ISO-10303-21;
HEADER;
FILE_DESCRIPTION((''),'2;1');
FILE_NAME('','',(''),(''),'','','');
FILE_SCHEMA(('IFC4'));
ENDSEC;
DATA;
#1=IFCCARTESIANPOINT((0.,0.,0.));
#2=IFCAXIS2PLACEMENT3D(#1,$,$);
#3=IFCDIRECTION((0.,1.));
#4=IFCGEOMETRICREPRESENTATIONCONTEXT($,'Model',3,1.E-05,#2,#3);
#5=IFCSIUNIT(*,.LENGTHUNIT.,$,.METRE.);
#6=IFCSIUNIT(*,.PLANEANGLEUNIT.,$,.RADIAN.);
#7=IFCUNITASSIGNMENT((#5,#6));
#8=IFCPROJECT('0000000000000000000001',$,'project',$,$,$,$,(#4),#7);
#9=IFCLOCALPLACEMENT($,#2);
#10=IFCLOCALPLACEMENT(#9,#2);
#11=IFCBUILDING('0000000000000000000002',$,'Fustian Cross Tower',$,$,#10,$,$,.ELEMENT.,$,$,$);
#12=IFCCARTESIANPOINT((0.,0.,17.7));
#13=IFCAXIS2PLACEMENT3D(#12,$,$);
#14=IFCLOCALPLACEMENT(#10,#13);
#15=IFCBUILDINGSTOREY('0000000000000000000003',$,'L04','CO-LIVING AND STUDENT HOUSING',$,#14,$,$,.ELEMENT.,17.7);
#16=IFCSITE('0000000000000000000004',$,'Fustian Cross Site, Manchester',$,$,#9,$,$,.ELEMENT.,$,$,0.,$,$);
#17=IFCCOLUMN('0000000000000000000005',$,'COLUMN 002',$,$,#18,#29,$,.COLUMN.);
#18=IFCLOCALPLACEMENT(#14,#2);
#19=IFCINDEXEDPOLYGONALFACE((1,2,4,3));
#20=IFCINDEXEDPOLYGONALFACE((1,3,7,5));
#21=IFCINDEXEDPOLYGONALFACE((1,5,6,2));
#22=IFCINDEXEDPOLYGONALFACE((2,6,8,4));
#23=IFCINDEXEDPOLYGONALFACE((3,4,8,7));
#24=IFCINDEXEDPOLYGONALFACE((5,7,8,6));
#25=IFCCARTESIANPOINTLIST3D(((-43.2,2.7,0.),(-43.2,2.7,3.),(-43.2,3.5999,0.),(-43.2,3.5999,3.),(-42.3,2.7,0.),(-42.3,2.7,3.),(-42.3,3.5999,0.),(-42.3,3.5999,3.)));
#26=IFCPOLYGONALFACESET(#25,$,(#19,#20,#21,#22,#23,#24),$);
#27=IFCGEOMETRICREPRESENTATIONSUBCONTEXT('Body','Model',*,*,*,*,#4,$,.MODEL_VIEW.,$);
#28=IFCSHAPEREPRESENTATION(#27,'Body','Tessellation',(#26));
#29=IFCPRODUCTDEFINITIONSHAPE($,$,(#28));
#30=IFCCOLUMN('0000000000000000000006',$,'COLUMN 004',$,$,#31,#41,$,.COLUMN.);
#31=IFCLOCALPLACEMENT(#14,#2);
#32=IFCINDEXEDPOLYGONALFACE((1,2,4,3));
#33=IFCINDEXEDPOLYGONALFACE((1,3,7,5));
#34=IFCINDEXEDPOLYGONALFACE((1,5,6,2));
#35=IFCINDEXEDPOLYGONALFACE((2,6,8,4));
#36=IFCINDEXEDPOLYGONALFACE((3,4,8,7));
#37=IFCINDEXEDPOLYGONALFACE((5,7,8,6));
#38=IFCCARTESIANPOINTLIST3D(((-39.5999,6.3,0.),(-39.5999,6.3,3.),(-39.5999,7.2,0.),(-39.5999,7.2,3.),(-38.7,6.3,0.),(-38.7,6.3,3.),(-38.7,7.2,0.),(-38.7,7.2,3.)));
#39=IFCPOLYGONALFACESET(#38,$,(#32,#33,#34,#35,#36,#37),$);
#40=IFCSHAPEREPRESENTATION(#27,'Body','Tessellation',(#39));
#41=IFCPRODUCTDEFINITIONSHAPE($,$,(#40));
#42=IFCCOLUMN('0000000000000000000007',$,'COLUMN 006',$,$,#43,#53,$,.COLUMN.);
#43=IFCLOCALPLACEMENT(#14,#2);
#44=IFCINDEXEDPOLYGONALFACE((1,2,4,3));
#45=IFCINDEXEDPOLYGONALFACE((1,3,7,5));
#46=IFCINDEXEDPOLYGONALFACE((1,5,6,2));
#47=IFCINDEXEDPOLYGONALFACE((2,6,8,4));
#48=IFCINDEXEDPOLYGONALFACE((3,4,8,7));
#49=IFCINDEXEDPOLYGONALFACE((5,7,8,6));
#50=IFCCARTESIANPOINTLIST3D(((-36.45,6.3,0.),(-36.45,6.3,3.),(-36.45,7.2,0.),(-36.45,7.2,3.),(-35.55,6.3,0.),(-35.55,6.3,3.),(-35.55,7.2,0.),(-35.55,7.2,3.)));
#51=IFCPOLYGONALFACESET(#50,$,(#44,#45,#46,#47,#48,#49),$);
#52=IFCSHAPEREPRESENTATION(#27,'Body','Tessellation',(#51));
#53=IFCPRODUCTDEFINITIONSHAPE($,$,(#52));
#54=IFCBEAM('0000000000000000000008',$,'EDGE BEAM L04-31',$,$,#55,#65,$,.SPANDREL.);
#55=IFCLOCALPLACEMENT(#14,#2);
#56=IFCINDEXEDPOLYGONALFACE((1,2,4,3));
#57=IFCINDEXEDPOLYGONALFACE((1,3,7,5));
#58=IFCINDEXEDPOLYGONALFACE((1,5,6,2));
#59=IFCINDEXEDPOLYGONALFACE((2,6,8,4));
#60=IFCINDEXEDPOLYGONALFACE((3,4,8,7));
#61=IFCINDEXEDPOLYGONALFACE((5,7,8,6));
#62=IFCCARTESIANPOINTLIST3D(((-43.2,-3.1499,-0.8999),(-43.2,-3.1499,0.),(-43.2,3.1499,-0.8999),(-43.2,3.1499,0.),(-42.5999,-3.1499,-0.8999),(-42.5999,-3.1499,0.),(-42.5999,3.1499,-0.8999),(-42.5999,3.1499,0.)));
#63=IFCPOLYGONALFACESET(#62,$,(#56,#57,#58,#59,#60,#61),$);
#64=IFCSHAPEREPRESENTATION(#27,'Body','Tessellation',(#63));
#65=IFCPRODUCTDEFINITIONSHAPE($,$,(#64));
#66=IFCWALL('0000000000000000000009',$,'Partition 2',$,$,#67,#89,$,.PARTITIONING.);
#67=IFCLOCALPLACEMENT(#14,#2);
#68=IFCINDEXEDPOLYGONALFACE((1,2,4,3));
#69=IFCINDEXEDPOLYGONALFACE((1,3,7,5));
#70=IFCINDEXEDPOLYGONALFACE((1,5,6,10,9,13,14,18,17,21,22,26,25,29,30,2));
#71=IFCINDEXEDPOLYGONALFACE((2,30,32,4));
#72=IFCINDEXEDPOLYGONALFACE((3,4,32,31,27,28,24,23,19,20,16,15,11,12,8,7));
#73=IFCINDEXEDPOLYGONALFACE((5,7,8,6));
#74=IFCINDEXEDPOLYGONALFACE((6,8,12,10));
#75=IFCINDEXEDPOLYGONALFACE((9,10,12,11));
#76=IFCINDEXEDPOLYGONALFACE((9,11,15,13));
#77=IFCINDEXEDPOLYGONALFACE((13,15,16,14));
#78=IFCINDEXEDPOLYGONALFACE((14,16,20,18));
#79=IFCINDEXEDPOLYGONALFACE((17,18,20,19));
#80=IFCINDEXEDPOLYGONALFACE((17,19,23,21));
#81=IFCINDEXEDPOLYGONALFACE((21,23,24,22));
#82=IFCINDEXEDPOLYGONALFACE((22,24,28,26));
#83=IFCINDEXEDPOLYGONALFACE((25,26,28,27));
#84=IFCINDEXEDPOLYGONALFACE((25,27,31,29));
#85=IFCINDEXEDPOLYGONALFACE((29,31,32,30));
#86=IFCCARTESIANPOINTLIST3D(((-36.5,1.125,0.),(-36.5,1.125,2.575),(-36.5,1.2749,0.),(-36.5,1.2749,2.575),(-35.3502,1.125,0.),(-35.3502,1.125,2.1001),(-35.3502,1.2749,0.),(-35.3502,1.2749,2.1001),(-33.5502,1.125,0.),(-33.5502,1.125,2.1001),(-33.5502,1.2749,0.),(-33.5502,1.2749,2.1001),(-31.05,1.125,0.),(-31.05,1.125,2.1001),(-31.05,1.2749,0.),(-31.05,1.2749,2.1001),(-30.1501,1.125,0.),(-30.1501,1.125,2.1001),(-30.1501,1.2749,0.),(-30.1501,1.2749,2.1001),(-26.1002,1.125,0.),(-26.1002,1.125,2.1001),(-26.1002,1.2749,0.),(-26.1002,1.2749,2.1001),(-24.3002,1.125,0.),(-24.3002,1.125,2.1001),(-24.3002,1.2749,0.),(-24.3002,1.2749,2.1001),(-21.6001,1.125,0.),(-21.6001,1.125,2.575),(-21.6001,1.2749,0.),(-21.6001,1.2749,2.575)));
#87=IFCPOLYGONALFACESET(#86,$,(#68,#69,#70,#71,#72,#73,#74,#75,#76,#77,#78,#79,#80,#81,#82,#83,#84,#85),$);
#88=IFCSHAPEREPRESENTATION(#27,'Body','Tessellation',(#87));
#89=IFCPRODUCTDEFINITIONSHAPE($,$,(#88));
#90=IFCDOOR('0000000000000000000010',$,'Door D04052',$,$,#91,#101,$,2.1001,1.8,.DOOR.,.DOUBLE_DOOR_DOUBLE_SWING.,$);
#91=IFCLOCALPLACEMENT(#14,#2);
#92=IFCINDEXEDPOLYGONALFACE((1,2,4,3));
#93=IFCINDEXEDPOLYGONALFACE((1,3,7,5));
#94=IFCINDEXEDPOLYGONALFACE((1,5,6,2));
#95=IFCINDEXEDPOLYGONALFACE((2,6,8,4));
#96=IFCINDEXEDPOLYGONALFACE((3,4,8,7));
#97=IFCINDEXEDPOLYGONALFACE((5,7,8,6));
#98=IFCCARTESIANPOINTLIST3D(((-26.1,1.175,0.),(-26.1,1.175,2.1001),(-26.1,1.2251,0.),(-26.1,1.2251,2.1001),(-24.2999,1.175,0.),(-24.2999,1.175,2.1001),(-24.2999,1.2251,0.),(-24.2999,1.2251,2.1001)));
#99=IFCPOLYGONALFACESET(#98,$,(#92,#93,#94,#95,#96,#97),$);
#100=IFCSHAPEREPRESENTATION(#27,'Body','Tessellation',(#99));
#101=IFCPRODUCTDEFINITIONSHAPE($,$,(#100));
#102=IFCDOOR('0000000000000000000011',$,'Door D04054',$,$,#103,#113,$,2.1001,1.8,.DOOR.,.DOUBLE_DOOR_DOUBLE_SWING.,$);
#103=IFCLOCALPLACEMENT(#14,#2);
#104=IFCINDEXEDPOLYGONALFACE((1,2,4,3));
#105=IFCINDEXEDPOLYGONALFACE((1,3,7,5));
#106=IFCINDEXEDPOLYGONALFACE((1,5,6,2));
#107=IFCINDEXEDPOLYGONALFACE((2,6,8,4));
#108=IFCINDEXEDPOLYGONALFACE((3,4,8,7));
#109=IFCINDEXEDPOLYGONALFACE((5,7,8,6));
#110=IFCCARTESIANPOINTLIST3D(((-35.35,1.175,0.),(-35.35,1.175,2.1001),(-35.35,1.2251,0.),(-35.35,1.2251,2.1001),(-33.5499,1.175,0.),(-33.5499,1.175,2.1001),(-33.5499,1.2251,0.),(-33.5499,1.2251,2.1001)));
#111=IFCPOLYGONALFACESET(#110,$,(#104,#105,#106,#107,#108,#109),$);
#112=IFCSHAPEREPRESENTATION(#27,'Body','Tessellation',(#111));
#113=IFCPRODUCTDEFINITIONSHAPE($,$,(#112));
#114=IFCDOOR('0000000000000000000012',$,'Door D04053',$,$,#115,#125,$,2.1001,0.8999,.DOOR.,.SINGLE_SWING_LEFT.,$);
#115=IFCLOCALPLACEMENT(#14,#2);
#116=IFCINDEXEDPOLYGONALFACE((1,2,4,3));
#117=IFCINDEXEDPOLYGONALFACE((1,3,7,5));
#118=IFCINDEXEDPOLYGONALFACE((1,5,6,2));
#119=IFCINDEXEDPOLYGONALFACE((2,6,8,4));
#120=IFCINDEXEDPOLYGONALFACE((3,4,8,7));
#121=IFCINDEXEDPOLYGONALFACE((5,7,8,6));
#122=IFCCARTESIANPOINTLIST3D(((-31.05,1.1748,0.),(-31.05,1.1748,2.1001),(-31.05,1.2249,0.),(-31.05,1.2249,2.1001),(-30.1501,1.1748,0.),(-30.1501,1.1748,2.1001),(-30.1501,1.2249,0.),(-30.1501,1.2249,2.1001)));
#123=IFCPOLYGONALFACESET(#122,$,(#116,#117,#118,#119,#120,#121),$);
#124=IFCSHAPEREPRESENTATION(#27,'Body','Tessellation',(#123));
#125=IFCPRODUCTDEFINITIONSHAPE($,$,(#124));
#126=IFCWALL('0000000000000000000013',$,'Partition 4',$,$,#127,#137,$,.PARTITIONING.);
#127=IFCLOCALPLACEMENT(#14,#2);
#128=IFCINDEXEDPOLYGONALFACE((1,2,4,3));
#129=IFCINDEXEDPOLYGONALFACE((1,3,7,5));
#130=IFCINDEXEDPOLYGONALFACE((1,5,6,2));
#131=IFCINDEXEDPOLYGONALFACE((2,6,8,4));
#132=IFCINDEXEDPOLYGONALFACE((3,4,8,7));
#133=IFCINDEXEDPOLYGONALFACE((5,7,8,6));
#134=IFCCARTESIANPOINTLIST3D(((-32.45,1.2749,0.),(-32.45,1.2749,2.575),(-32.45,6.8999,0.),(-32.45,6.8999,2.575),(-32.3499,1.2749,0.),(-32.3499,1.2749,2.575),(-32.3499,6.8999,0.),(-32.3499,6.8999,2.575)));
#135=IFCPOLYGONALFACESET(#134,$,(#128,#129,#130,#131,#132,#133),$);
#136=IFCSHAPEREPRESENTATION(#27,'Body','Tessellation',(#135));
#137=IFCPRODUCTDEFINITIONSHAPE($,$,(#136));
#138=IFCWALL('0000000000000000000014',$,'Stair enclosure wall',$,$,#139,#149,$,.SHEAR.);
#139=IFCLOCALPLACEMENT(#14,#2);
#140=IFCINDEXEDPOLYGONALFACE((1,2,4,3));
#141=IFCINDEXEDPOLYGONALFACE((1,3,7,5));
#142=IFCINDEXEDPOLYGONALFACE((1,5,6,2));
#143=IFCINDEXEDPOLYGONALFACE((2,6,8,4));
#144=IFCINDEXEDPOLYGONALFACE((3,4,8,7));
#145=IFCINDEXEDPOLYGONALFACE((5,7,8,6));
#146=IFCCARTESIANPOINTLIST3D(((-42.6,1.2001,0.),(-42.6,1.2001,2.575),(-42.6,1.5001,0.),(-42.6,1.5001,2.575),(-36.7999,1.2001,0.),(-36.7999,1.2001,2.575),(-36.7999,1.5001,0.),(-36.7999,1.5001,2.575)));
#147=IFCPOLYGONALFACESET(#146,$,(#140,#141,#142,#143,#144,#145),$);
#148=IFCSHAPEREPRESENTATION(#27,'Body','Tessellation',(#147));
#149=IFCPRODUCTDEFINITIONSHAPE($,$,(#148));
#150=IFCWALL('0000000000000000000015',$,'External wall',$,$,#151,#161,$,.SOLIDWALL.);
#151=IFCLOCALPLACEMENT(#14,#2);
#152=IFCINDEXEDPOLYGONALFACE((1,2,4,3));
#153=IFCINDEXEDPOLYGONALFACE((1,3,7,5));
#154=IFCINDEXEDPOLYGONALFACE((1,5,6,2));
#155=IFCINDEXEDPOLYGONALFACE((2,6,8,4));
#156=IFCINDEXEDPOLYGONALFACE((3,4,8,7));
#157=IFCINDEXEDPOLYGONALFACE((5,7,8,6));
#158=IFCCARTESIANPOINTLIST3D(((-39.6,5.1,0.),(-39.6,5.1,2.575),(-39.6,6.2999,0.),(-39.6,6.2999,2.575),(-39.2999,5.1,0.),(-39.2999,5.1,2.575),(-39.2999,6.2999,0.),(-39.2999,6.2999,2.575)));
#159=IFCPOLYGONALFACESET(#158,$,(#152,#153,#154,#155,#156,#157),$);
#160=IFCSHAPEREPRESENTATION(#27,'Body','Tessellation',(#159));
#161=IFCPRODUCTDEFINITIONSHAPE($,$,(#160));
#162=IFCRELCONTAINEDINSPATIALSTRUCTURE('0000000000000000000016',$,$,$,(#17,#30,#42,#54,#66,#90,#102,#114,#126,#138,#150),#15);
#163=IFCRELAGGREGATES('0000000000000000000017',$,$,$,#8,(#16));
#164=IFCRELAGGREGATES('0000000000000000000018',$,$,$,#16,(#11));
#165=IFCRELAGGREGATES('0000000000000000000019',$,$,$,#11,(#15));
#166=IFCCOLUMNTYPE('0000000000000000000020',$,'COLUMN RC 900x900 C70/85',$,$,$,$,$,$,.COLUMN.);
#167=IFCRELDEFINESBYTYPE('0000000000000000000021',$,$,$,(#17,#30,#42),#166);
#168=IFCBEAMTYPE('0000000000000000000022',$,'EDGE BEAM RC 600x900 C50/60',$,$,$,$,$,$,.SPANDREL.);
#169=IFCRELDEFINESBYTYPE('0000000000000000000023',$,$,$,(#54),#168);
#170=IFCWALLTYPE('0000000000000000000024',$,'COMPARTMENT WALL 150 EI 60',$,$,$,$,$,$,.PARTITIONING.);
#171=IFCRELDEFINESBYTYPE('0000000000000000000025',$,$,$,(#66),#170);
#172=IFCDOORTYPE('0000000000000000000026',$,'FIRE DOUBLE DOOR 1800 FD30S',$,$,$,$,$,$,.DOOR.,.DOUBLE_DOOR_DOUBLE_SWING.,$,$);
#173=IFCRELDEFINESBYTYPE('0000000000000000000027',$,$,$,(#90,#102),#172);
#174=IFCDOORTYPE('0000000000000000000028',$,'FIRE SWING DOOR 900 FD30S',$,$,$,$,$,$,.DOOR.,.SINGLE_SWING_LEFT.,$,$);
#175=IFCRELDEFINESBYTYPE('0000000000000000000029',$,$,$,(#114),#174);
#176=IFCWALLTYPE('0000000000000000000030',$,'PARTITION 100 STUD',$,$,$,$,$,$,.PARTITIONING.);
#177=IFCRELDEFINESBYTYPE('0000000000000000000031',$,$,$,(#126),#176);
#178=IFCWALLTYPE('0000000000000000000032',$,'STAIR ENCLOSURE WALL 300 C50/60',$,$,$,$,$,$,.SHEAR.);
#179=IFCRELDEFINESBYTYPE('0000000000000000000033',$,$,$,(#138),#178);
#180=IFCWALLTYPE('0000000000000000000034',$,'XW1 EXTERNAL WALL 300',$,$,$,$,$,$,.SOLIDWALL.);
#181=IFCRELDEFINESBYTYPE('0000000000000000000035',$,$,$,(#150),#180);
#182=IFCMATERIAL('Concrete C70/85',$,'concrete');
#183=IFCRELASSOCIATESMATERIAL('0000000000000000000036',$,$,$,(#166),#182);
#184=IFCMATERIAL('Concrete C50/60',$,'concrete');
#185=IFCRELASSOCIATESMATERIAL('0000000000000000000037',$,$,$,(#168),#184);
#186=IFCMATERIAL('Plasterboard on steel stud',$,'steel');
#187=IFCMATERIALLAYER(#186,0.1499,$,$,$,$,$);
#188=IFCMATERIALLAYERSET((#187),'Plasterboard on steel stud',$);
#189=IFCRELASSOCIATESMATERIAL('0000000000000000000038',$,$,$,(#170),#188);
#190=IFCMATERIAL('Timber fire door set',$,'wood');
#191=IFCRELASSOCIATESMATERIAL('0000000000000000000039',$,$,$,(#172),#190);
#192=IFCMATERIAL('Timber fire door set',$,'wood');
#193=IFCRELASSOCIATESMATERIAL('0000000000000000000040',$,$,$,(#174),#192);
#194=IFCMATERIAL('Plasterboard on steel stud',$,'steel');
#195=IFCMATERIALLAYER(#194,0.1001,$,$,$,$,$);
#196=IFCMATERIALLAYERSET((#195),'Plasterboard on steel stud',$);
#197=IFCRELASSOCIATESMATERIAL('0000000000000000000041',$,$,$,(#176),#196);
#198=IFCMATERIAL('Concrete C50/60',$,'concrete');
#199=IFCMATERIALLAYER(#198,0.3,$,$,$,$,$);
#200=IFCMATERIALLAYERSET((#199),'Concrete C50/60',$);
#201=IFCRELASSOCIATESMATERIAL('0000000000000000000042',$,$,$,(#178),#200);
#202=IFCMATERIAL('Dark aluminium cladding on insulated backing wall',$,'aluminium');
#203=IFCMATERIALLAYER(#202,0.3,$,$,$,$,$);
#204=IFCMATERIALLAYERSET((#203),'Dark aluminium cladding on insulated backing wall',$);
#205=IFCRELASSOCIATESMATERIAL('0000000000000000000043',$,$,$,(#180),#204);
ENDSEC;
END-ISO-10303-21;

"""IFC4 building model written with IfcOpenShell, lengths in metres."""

from ifc_helpers import new_model, si_unit, direction, frame, frame_2d, origin, origin_2d, place, context, subcontext, project, spatial, rectangle, extrude, material, layer, layer_set, material_profile, profile_set, type_object, element, fill, save


model = new_model("IFC4")

# Units and contexts
model_context = context("Model", 3, precision=1e-05, world=origin(), true_north=direction((0.0, 1.0)))
body_context = subcontext(model_context, "Body", "Model", "MODEL_VIEW")
ifc_project = project(units=[si_unit("LENGTHUNIT", "METRE"), si_unit("PLANEANGLEUNIT", "RADIAN")], contexts=[model_context])

# Site, building, storey
site_placement = place(None, origin())
site = spatial("IfcSite", under=ifc_project, at=site_placement, Name="Fustian Cross Site, Manchester", CompositionType="ELEMENT", RefElevation=0.0)
building_placement = place(site_placement, origin())
building = spatial("IfcBuilding", under=site, at=building_placement, Name="Fustian Cross Tower", CompositionType="ELEMENT")
storey_placement = place(building_placement, frame((0.0, 0.0, 17.7)))
storey = spatial("IfcBuildingStorey", under=building, at=storey_placement, Name="L04", Description="CO-LIVING AND STUDENT HOUSING", CompositionType="ELEMENT", Elevation=17.7)

# Columns
ifc_material_1 = material(Name="Concrete C70/85", Category="concrete")
ifc_material_profile_1 = material_profile(ifc_material_1, rectangle(XDim=0.8999, YDim=0.8999, at=origin_2d()), Name="RC 900x900")
ifc_profile_set_1 = profile_set([ifc_material_profile_1], Name="Concrete C70/85")
column_type = type_object("IfcColumnType", Name="COLUMN RC 900x900 C70/85", PredefinedType="COLUMN", material=ifc_profile_set_1)
for number, where, z_axis, x_axis, name in (
    (1, (-42.75, 3.1499, 0.0), (0.0, 0.0, 1.0), (1.0, 0.0, 0.0), "COLUMN 002"),
    (2, (-39.1499, 6.75, 0.0), (0.0, 0.0, 1.0), (1.0, 0.0, 0.0), "COLUMN 004"),
    (3, (-36.0, 6.75, 0.0), (0.0, 0.0, 1.0), (1.0, 0.0, 0.0), "COLUMN 006"),
):
    element("IfcColumn", number, at=place(storey_placement, frame(where, z_axis=z_axis, x_axis=x_axis)), inside=storey, type_object=column_type, Name=name, PredefinedType="COLUMN", context=body_context, shape_type="SweptSolid", body=[
        extrude(rectangle(XDim=0.8999, YDim=0.8999, at=origin_2d()), origin(), (0.0, 0.0, 1.0), 3.0),
    ])

# Beam
ifc_material_2 = material(Name="Concrete C50/60", Category="concrete")
ifc_material_profile_2 = material_profile(ifc_material_2, rectangle(XDim=0.6001, YDim=0.8999, at=origin_2d()), Name="RC 600x900")
ifc_profile_set_2 = profile_set([ifc_material_profile_2], Name="Concrete C50/60")
beam_type = type_object("IfcBeamType", Name="EDGE BEAM RC 600x900 C50/60", PredefinedType="SPANDREL", material=ifc_profile_set_2)
beam_placement = place(storey_placement, frame((-42.8999, 3.1499, -0.45), z_axis=(0.0, -1.0, 0.0), x_axis=(1.0, 0.0, 0.0)))
element("IfcBeam", 4, at=beam_placement, inside=storey, type_object=beam_type, Name="EDGE BEAM L04-31", PredefinedType="SPANDREL", context=body_context, shape_type="SweptSolid", body=[
    extrude(rectangle(XDim=0.6001, YDim=0.8999, at=origin_2d()), origin(), (0.0, 0.0, 1.0), 6.2998),
])

# Wall, openings, doors
ifc_material_3 = material(Name="Plasterboard on steel stud", Category="steel")
ifc_layer_1 = layer(ifc_material_3, 0.1499)
ifc_layer_set_1 = layer_set([ifc_layer_1], Name="Plasterboard on steel stud")
wall_type_1 = type_object("IfcWallType", Name="COMPARTMENT WALL 150 EI 60", PredefinedType="PARTITIONING", material=ifc_layer_set_1)
wall_1_placement = place(storey_placement, frame((-36.5, 1.2, 0.0), z_axis=(0.0, 0.0, 1.0), x_axis=(1.0, 0.0, 0.0)))
wall_1 = element("IfcWall", 5, at=wall_1_placement, inside=storey, type_object=wall_type_1, Name="Partition 2", PredefinedType="PARTITIONING", context=body_context, shape_type="SweptSolid", body=[
    extrude(rectangle(XDim=14.8999, YDim=0.1499, at=frame_2d((7.45, 0.0))), origin(), (0.0, 0.0, 1.0), 2.575),
])
opening_1_placement = place(wall_1_placement, frame((10.3999, 0.0, 0.0)))
opening_1 = element("IfcOpeningElement", 6, at=opening_1_placement, cuts=wall_1, PredefinedType="OPENING", context=body_context, shape_type="SweptSolid", body=[
    extrude(rectangle(XDim=1.8, YDim=2.1001, at=frame_2d((0.8999, 1.05))), frame((0.0, 0.085, 0.0), z_axis=(0.0, -1.0, 0.0), x_axis=(1.0, 0.0, 0.0)), (0.0, 0.0, 1.0), 0.1699),
])
opening_2_placement = place(wall_1_placement, frame((5.45, 0.0, 0.0)))
opening_2 = element("IfcOpeningElement", 7, at=opening_2_placement, cuts=wall_1, PredefinedType="OPENING", context=body_context, shape_type="SweptSolid", body=[
    extrude(rectangle(XDim=0.8999, YDim=2.1001, at=frame_2d((0.45, 1.05))), frame((0.0, 0.085, 0.0), z_axis=(0.0, -1.0, 0.0), x_axis=(1.0, 0.0, 0.0)), (0.0, 0.0, 1.0), 0.1699),
])
opening_3_placement = place(wall_1_placement, frame((1.1499, 0.0, 0.0)))
opening_3 = element("IfcOpeningElement", 8, at=opening_3_placement, cuts=wall_1, PredefinedType="OPENING", context=body_context, shape_type="SweptSolid", body=[
    extrude(rectangle(XDim=1.8, YDim=2.1001, at=frame_2d((0.8999, 1.05))), frame((0.0, 0.085, 0.0), z_axis=(0.0, -1.0, 0.0), x_axis=(1.0, 0.0, 0.0)), (0.0, 0.0, 1.0), 0.1699),
])
ifc_material_4 = material(Name="Timber fire door set", Category="wood")
door_type_1 = type_object("IfcDoorType", Name="FIRE DOUBLE DOOR 1800 FD30S", OperationType="DOUBLE_DOOR_DOUBLE_SWING", PredefinedType="DOOR", material=ifc_material_4)
door_1_placement = place(opening_1_placement, frame((1.8, 0.0, 0.0), z_axis=(0.0, 0.0, 1.0), x_axis=(-1.0, 0.0, 0.0)))
door_1 = element("IfcDoor", 9, at=door_1_placement, inside=storey, type_object=door_type_1, Name="Door D04052", OperationType="DOUBLE_DOOR_DOUBLE_SWING", OverallHeight=2.1001, OverallWidth=1.8, PredefinedType="DOOR", context=body_context, shape_type="SweptSolid", body=[
    extrude(rectangle(XDim=1.8, YDim=2.1001, at=frame_2d((0.8999, 1.05))), frame((0.0, 0.0249, 0.0), z_axis=(0.0, -1.0, 0.0), x_axis=(1.0, 0.0, 0.0)), (0.0, 0.0, 1.0), 0.05),
])
fill(opening_1, door_1)
door_2_placement = place(opening_3_placement, frame((1.8, 0.0, 0.0), z_axis=(0.0, 0.0, 1.0), x_axis=(-1.0, 0.0, 0.0)))
door_2 = element("IfcDoor", 10, at=door_2_placement, inside=storey, type_object=door_type_1, Name="Door D04054", OperationType="DOUBLE_DOOR_DOUBLE_SWING", OverallHeight=2.1001, OverallWidth=1.8, PredefinedType="DOOR", context=body_context, shape_type="SweptSolid", body=[
    extrude(rectangle(XDim=1.8, YDim=2.1001, at=frame_2d((0.8999, 1.05))), frame((0.0, 0.0249, 0.0), z_axis=(0.0, -1.0, 0.0), x_axis=(1.0, 0.0, 0.0)), (0.0, 0.0, 1.0), 0.05),
])
fill(opening_3, door_2)
ifc_material_5 = material(Name="Timber fire door set", Category="wood")
door_type_2 = type_object("IfcDoorType", Name="FIRE SWING DOOR 900 FD30S", OperationType="SINGLE_SWING_LEFT", PredefinedType="DOOR", material=ifc_material_5)
door_3_placement = place(opening_2_placement, origin())
door_3 = element("IfcDoor", 11, at=door_3_placement, inside=storey, type_object=door_type_2, Name="Door D04053", OperationType="SINGLE_SWING_LEFT", OverallHeight=2.1001, OverallWidth=0.8999, PredefinedType="DOOR", context=body_context, shape_type="SweptSolid", body=[
    extrude(rectangle(XDim=0.8999, YDim=2.1001, at=frame_2d((0.45, 1.05))), frame((0.0, 0.0249, 0.0), z_axis=(0.0, -1.0, 0.0), x_axis=(1.0, 0.0, 0.0)), (0.0, 0.0, 1.0), 0.05),
])
fill(opening_2, door_3)

# Walls
ifc_material_6 = material(Name="Plasterboard on steel stud", Category="steel")
ifc_layer_2 = layer(ifc_material_6, 0.1001)
ifc_layer_set_2 = layer_set([ifc_layer_2], Name="Plasterboard on steel stud")
wall_type_2 = type_object("IfcWallType", Name="PARTITION 100 STUD", PredefinedType="PARTITIONING", material=ifc_layer_set_2)
wall_2_placement = place(storey_placement, frame((-32.3999, 1.2749, 0.0), z_axis=(0.0, 0.0, 1.0), x_axis=(0.0, 1.0, 0.0)))
element("IfcWall", 12, at=wall_2_placement, inside=storey, type_object=wall_type_2, Name="Partition 4", PredefinedType="PARTITIONING", context=body_context, shape_type="SweptSolid", body=[
    extrude(rectangle(XDim=5.625, YDim=0.1001, at=frame_2d((2.8125, 0.0))), origin(), (0.0, 0.0, 1.0), 2.575),
])
ifc_material_7 = material(Name="Concrete C50/60", Category="concrete")
ifc_layer_3 = layer(ifc_material_7, 0.3)
ifc_layer_set_3 = layer_set([ifc_layer_3], Name="Concrete C50/60")
wall_type_3 = type_object("IfcWallType", Name="STAIR ENCLOSURE WALL 300 C50/60", PredefinedType="SHEAR", material=ifc_layer_set_3)
wall_3_placement = place(storey_placement, frame((-36.8, 1.3501, 0.0), z_axis=(0.0, 0.0, 1.0), x_axis=(-1.0, 0.0, 0.0)))
element("IfcWall", 13, at=wall_3_placement, inside=storey, type_object=wall_type_3, Name="Stair enclosure wall", PredefinedType="SHEAR", context=body_context, shape_type="SweptSolid", body=[
    extrude(rectangle(XDim=5.8, YDim=0.3, at=frame_2d((2.8999, 0.0))), origin(), (0.0, 0.0, 1.0), 2.575),
])
ifc_material_8 = material(Name="Dark aluminium cladding on insulated backing wall", Category="aluminium")
ifc_layer_4 = layer(ifc_material_8, 0.3)
ifc_layer_set_4 = layer_set([ifc_layer_4], Name="Dark aluminium cladding on insulated backing wall")
wall_type_4 = type_object("IfcWallType", Name="XW1 EXTERNAL WALL 300", PredefinedType="SOLIDWALL", material=ifc_layer_set_4)
wall_4_placement = place(storey_placement, frame((-39.45, 6.3, 0.0), z_axis=(0.0, 0.0, 1.0), x_axis=(0.0, -1.0, 0.0)))
element("IfcWall", 14, at=wall_4_placement, inside=storey, type_object=wall_type_4, Name="External wall", PredefinedType="SOLIDWALL", context=body_context, shape_type="SweptSolid", body=[
    extrude(rectangle(XDim=1.2, YDim=0.3, at=frame_2d((0.6001, 0.0))), origin(), (0.0, 0.0, 1.0), 2.575),
])

save(model, "model.ifc")
